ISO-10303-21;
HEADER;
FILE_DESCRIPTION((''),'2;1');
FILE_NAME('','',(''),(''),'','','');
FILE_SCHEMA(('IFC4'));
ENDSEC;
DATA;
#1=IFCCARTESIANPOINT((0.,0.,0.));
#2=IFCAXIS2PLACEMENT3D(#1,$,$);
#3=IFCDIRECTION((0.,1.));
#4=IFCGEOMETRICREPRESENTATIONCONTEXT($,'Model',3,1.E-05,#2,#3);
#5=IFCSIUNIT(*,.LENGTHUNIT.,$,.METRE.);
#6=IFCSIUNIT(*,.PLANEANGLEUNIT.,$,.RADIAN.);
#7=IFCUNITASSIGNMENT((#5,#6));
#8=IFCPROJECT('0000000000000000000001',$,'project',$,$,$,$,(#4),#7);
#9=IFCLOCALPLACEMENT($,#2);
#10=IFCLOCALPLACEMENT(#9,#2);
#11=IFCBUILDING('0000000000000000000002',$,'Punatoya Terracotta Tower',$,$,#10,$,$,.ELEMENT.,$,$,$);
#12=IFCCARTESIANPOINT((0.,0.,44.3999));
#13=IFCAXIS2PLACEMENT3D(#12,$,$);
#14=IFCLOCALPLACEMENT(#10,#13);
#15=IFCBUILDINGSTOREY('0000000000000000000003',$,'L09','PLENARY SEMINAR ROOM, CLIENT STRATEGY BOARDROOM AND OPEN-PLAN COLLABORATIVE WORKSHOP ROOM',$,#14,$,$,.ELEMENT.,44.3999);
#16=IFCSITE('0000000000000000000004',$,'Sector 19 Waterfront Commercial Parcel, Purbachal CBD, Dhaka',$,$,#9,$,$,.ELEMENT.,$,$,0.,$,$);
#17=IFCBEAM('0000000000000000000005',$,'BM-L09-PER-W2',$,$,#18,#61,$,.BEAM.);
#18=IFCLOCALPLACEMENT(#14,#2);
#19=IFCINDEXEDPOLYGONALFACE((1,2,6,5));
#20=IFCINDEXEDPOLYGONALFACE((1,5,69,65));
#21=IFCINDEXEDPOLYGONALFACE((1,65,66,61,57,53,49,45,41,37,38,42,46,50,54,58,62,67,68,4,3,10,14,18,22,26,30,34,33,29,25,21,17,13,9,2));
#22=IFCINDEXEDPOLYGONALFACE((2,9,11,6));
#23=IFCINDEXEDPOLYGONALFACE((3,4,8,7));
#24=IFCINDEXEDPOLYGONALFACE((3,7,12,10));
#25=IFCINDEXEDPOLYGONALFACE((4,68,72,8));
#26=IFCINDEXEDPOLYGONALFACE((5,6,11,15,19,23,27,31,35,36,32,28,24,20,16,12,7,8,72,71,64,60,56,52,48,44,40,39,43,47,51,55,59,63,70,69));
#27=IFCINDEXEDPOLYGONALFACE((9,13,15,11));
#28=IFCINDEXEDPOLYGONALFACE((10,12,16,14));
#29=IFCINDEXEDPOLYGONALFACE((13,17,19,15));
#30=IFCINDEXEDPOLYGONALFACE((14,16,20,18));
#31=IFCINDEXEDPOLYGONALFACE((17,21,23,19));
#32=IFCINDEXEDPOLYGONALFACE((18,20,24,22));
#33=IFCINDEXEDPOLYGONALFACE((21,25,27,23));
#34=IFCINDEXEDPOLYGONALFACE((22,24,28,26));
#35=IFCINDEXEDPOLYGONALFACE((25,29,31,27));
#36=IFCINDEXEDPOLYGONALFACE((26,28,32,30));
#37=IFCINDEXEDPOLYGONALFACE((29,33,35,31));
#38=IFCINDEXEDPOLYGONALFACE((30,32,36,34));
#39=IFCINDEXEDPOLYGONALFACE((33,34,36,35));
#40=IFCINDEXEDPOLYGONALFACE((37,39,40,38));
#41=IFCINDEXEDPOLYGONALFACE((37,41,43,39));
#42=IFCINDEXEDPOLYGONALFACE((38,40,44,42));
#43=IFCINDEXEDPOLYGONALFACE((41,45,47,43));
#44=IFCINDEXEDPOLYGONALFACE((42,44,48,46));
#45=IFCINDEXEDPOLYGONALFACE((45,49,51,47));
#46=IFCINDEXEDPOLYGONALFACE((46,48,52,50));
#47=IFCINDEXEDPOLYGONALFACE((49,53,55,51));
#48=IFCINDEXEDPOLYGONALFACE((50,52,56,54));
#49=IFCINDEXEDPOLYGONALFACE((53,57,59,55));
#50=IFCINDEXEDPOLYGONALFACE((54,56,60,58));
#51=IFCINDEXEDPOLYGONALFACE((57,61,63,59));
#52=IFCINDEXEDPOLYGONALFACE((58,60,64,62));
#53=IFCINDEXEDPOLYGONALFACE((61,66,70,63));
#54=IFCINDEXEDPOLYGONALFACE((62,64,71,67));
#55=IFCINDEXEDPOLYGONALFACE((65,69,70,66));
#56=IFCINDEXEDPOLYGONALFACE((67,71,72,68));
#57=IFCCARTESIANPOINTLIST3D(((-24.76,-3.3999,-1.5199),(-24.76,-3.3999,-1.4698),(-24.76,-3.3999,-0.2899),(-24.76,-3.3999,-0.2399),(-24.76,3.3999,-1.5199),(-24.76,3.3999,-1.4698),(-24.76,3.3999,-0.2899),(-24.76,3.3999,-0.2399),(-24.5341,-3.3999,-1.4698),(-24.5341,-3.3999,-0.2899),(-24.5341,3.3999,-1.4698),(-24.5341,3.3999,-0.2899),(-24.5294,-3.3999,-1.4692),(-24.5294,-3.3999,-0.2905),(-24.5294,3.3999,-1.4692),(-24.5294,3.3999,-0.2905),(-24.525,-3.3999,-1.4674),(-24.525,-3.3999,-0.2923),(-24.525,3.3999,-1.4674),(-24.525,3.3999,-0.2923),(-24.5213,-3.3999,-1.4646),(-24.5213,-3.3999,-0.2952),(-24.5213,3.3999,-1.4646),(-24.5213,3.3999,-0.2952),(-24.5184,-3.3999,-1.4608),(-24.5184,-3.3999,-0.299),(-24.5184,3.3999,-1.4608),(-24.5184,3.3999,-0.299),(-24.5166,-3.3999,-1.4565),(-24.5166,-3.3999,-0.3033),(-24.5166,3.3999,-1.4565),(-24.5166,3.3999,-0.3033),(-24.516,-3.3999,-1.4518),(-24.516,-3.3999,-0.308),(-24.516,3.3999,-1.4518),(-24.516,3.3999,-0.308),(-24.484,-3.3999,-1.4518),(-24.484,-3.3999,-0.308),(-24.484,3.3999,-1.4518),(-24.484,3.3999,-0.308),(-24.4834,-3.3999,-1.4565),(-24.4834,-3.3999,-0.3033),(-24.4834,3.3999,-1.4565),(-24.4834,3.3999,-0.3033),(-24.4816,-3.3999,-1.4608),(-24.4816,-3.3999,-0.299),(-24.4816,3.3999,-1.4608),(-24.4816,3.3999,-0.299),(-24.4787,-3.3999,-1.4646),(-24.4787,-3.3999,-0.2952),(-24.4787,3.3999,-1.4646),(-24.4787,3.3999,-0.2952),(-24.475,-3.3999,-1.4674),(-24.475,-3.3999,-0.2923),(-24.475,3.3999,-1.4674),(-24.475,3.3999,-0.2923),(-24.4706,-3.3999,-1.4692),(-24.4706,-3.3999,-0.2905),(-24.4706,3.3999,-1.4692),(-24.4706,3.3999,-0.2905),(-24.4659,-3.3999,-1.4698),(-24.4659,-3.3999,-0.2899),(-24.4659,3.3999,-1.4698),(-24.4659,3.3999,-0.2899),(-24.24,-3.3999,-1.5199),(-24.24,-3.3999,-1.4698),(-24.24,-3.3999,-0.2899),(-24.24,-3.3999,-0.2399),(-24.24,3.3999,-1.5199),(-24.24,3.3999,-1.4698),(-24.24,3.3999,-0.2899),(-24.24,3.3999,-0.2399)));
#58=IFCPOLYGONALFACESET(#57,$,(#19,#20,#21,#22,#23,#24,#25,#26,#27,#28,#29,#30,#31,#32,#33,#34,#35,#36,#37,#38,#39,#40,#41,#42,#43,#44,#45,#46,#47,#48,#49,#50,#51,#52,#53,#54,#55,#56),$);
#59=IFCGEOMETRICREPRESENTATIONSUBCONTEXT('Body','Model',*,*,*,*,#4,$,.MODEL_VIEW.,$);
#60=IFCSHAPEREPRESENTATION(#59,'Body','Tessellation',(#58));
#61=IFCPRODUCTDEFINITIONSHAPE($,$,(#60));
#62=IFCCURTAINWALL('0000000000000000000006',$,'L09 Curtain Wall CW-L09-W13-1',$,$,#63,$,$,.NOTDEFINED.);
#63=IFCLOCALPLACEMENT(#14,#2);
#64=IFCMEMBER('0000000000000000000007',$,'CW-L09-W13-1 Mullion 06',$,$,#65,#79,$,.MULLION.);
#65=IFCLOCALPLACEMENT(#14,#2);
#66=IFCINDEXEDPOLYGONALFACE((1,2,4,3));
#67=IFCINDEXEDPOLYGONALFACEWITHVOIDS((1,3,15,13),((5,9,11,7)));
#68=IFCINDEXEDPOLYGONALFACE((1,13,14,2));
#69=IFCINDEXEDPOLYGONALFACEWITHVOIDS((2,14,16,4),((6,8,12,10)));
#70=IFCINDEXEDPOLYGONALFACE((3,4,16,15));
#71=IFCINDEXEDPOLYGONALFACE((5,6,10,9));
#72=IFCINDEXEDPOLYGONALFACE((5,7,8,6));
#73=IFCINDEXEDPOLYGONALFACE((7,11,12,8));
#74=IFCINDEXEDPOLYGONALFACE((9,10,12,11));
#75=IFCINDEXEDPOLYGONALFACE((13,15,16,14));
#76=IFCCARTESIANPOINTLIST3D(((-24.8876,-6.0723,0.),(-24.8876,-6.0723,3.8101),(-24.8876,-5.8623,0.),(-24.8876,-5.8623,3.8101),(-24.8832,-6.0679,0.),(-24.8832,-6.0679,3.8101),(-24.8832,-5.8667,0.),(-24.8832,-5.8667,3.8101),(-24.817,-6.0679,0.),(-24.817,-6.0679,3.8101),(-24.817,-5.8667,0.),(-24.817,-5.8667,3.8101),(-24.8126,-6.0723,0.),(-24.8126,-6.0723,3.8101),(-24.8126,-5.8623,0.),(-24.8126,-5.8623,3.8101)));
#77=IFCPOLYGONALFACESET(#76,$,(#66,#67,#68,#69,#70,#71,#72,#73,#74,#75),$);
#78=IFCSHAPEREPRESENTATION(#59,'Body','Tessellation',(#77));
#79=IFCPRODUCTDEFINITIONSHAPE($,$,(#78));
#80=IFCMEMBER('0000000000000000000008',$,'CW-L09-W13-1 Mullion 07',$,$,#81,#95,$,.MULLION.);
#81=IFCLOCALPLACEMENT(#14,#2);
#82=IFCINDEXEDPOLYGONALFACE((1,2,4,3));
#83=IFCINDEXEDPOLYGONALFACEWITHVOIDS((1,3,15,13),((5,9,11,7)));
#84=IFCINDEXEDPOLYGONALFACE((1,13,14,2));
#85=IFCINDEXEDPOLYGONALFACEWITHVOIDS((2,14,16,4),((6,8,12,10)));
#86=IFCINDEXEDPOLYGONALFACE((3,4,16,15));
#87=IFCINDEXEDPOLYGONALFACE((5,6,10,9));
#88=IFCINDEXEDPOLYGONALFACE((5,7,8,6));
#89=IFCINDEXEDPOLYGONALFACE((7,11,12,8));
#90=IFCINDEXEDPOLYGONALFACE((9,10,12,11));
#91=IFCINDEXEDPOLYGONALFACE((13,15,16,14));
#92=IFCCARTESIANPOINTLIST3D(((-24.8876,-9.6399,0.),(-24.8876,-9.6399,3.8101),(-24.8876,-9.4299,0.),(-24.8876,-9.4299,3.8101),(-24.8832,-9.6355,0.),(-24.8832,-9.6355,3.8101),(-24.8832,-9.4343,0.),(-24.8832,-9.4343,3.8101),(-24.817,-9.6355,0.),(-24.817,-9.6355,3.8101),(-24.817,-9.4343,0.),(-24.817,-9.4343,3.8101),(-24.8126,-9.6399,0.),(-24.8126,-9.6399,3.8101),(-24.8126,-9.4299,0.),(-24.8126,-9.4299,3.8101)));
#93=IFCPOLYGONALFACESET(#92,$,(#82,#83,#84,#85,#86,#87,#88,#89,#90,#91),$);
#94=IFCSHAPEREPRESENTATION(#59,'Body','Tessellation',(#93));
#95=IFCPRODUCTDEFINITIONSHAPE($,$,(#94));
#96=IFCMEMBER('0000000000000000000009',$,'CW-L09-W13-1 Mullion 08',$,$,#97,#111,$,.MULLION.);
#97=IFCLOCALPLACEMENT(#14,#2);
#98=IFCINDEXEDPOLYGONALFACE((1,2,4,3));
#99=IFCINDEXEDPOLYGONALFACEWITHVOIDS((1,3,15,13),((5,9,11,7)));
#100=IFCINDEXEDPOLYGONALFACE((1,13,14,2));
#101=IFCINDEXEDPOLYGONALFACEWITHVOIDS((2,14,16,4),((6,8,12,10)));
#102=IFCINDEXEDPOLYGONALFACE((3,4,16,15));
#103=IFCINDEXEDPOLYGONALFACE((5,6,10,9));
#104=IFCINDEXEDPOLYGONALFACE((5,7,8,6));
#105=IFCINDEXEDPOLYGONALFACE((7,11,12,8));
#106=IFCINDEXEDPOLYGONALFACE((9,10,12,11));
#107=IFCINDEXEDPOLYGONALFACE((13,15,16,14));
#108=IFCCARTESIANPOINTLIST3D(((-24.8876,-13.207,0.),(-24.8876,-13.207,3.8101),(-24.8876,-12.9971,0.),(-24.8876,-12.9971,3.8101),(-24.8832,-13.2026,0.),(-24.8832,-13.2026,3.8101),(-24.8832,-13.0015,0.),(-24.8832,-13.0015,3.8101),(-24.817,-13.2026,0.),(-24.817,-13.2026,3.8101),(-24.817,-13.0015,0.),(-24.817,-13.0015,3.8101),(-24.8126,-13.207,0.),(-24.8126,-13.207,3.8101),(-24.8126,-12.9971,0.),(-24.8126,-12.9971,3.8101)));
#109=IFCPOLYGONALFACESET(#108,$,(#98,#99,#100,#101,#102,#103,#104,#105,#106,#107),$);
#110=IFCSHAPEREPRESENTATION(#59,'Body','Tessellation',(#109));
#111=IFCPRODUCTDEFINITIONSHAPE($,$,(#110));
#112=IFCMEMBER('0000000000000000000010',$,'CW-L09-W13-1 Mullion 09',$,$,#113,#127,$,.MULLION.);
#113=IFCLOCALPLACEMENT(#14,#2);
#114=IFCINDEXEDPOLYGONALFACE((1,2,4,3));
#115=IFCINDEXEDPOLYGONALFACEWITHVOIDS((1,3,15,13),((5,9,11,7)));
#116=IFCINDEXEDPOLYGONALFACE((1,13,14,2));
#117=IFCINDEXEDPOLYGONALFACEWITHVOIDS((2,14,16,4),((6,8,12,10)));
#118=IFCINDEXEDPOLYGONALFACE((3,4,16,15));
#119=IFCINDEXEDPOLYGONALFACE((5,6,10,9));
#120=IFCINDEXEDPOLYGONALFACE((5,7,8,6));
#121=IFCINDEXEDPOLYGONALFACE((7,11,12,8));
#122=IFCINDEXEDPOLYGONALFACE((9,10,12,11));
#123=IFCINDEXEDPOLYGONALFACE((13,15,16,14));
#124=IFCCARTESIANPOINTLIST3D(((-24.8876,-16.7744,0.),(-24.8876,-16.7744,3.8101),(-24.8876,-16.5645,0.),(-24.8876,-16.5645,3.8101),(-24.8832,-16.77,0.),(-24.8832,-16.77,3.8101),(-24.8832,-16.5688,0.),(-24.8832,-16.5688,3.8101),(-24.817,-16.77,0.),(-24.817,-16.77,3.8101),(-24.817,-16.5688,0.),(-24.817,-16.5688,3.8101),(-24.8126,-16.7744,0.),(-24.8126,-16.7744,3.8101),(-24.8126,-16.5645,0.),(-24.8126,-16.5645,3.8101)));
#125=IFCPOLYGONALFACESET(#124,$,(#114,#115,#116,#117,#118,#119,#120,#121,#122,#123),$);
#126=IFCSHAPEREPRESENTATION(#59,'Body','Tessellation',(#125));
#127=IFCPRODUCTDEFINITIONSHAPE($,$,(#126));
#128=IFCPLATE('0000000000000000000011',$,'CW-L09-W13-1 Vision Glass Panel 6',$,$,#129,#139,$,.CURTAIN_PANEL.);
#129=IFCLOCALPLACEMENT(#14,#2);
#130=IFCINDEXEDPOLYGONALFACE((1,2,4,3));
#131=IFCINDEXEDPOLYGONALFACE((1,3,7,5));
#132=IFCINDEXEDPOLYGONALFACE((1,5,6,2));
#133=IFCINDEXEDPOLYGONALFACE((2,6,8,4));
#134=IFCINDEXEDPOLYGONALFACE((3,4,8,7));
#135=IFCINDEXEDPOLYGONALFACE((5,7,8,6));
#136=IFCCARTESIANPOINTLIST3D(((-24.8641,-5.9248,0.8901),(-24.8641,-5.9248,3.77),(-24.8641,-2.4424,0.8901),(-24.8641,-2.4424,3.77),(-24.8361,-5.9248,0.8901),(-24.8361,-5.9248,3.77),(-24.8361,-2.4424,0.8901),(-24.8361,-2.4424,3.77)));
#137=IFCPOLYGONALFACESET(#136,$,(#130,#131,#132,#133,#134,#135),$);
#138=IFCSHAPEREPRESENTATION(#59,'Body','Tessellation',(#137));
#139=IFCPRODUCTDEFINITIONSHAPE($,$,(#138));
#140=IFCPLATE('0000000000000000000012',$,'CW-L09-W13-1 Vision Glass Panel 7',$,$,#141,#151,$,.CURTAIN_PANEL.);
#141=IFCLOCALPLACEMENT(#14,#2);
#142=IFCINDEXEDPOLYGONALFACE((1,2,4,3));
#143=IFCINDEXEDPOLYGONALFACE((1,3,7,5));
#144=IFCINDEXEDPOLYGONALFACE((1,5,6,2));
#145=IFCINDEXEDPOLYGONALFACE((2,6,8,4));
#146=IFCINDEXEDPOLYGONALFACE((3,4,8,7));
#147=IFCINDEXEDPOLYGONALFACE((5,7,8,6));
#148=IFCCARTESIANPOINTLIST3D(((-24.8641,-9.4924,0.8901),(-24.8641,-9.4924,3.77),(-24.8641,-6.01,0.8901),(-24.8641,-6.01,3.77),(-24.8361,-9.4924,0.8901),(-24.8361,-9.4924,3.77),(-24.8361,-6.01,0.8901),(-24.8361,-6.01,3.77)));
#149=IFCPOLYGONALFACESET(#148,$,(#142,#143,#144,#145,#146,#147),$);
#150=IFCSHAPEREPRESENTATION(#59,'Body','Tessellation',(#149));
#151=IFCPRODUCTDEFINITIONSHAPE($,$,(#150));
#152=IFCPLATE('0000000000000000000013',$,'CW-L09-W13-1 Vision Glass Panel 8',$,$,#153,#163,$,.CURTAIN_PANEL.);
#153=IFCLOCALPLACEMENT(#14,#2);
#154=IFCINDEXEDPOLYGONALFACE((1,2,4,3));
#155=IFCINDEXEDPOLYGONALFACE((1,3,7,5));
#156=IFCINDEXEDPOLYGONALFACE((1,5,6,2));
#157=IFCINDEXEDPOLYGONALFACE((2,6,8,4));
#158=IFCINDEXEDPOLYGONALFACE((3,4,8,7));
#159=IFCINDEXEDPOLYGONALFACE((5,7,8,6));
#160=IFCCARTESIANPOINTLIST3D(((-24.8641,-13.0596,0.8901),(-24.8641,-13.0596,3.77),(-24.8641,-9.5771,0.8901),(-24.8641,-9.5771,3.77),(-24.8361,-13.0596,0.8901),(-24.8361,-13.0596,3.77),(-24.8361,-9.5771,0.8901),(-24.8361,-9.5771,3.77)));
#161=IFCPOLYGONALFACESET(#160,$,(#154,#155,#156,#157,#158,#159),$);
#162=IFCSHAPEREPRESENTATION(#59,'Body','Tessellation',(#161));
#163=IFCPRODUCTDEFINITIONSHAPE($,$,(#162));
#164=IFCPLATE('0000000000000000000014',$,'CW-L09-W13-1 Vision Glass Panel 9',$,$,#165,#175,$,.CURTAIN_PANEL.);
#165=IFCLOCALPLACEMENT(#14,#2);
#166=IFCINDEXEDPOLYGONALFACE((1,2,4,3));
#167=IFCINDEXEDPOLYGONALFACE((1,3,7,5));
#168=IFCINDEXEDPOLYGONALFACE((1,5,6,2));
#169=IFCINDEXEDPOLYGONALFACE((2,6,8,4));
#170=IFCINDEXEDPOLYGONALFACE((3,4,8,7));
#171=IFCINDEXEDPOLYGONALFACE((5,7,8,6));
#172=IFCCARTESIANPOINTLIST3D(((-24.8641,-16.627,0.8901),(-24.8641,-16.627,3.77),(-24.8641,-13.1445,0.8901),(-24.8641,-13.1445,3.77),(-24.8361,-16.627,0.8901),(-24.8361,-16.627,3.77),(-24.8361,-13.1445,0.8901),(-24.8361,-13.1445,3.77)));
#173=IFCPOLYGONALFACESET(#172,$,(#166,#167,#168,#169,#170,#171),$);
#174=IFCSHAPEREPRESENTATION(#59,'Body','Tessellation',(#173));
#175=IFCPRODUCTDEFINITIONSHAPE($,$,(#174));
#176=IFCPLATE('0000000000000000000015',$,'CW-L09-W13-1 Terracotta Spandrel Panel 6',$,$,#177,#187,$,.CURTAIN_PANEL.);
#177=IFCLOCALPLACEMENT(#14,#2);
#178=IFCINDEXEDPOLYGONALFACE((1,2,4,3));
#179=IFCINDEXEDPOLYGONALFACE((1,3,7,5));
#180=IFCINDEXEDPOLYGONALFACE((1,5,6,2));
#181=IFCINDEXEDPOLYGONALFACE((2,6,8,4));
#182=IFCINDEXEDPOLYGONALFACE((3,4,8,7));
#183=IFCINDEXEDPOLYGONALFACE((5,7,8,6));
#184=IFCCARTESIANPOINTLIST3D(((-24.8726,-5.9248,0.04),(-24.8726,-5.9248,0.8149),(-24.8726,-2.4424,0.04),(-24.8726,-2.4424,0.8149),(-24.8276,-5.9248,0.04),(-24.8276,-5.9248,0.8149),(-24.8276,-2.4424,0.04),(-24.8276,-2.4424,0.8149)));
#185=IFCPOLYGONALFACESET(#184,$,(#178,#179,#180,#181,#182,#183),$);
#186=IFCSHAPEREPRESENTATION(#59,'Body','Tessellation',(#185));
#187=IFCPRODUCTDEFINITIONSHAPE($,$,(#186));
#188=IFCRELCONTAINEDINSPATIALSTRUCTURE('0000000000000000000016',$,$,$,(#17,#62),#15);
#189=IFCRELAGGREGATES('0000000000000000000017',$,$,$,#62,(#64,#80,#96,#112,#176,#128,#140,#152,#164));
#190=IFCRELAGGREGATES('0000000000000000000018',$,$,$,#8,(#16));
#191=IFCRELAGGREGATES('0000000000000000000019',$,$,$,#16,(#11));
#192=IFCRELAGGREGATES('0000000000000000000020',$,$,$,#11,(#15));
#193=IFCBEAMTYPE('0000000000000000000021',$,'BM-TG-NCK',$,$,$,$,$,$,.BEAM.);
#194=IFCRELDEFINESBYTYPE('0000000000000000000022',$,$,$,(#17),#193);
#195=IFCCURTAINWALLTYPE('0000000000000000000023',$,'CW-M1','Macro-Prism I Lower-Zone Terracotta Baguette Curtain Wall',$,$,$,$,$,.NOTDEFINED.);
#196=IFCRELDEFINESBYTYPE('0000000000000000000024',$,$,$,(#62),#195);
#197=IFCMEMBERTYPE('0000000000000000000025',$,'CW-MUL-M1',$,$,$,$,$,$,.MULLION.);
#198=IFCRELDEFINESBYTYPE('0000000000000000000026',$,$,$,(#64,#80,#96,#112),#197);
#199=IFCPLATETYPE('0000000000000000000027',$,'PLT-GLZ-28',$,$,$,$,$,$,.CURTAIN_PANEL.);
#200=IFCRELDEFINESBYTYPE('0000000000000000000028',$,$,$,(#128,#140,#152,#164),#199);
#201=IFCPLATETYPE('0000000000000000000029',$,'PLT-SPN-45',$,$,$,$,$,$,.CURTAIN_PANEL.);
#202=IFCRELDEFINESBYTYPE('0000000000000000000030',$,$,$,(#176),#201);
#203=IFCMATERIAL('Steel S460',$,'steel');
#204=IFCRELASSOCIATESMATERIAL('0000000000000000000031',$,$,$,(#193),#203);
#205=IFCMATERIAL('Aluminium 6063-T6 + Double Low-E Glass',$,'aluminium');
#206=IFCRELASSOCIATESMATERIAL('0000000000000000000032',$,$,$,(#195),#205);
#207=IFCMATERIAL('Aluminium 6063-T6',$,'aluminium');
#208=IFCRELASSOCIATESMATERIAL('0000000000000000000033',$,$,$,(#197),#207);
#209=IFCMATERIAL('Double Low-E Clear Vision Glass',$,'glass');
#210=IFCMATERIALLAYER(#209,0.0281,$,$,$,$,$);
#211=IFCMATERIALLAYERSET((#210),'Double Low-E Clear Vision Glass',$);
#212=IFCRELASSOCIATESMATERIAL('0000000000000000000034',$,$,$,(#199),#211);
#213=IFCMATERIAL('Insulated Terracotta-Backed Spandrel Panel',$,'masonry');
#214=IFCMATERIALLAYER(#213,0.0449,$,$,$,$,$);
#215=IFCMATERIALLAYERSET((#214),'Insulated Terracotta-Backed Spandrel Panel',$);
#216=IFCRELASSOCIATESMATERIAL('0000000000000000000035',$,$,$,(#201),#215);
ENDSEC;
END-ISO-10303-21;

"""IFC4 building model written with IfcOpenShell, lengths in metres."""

from ifc_helpers import new_model, si_unit, direction, frame, origin, origin_2d, place, context, subcontext, project, spatial, rectangle, hollow_rectangle, i_section, extrude, material, layer, layer_set, material_profile, profile_set, type_object, element, aggregate, save


model = new_model("IFC4")

# Units and contexts
model_context = context("Model", 3, precision=1e-05, world=origin(), true_north=direction((0.0, 1.0)))
body_context = subcontext(model_context, "Body", "Model", "MODEL_VIEW")
ifc_project = project(units=[si_unit("LENGTHUNIT", "METRE"), si_unit("PLANEANGLEUNIT", "RADIAN")], contexts=[model_context])

# Site, building, storey
site_placement = place(None, origin())
site = spatial("IfcSite", under=ifc_project, at=site_placement, Name="Sector 19 Waterfront Commercial Parcel, Purbachal CBD, Dhaka", CompositionType="ELEMENT", RefElevation=0.0)
building_placement = place(site_placement, origin())
building = spatial("IfcBuilding", under=site, at=building_placement, Name="Punatoya Terracotta Tower", CompositionType="ELEMENT")
storey_placement = place(building_placement, frame((0.0, 0.0, 44.3999)))
storey = spatial("IfcBuildingStorey", under=building, at=storey_placement, Name="L09", Description="PLENARY SEMINAR ROOM, CLIENT STRATEGY BOARDROOM AND OPEN-PLAN COLLABORATIVE WORKSHOP ROOM", CompositionType="ELEMENT", Elevation=44.3999)

# Shared definitions
ifc_material_1 = material(Name="Steel S460", Category="steel")

# Beam
ifc_material_profile_1 = material_profile(ifc_material_1, i_section(OverallWidth=0.52, OverallDepth=1.28, WebThickness=0.032, FlangeThickness=0.05, FilletRadius=0.0181, at=origin_2d()))
ifc_profile_set_1 = profile_set([ifc_material_profile_1], Name="Steel S460")
beam_type_1 = type_object("IfcBeamType", Name="BM-TG-NCK", PredefinedType="BEAM", material=ifc_profile_set_1)
beam_1_placement = place(storey_placement, frame((-24.5, -3.3999, -0.8799), z_axis=(0.0, 1.0, 0.0), x_axis=(-1.0, 0.0, 0.0)))
element("IfcBeam", 1, at=beam_1_placement, inside=storey, type_object=beam_type_1, Name="BM-L09-PER-W2", PredefinedType="BEAM", context=body_context, shape_type="SweptSolid", body=[
    extrude(i_section(OverallWidth=0.52, OverallDepth=1.28, WebThickness=0.032, FlangeThickness=0.05, FilletRadius=0.0181, at=origin_2d()), origin(), (0.0, 0.0, 1.0), 6.7998),
])

# Curtain wall, members, plates
ifc_material_2 = material(Name="Aluminium 6063-T6 + Double Low-E Glass", Category="aluminium")
curtain_wall_type = type_object("IfcCurtainWallType", Name="CW-M1", Description="Macro-Prism I Lower-Zone Terracotta Baguette Curtain Wall", PredefinedType="NOTDEFINED", material=ifc_material_2)
curtain_wall_placement = place(storey_placement, origin())
curtain_wall = element("IfcCurtainWall", 2, at=curtain_wall_placement, inside=storey, type_object=curtain_wall_type, Name="L09 Curtain Wall CW-L09-W13-1", PredefinedType="NOTDEFINED")
ifc_material_3 = material(Name="Aluminium 6063-T6", Category="aluminium")
ifc_material_profile_2 = material_profile(ifc_material_3, hollow_rectangle(XDim=0.075, YDim=0.21, WallThickness=0.0044, at=origin_2d()))
ifc_profile_set_2 = profile_set([ifc_material_profile_2], Name="Aluminium 6063-T6")
member_type = type_object("IfcMemberType", Name="CW-MUL-M1", PredefinedType="MULLION", material=ifc_profile_set_2)
member_1_placement = place(storey_placement, frame((-24.8501, -5.9673, 0.0), z_axis=(0.0, 0.0, 1.0), x_axis=(1.0, 0.0, 0.0)))
member_1 = element("IfcMember", 3, at=member_1_placement, type_object=member_type, Name="CW-L09-W13-1 Mullion 06", PredefinedType="MULLION", context=body_context, shape_type="SweptSolid", body=[
    extrude(hollow_rectangle(XDim=0.075, YDim=0.21, WallThickness=0.0044, at=origin_2d()), origin(), (0.0, 0.0, 1.0), 3.8101),
])
member_2_placement = place(storey_placement, frame((-24.8501, -9.5349, 0.0), z_axis=(0.0, 0.0, 1.0), x_axis=(1.0, 0.0, 0.0)))
member_2 = element("IfcMember", 4, at=member_2_placement, type_object=member_type, Name="CW-L09-W13-1 Mullion 07", PredefinedType="MULLION", context=body_context, shape_type="SweptSolid", body=[
    extrude(hollow_rectangle(XDim=0.075, YDim=0.21, WallThickness=0.0044, at=origin_2d()), origin(), (0.0, 0.0, 1.0), 3.8101),
])
member_3_placement = place(storey_placement, frame((-24.8501, -13.1021, 0.0), z_axis=(0.0, 0.0, 1.0), x_axis=(1.0, 0.0, 0.0)))
member_3 = element("IfcMember", 5, at=member_3_placement, type_object=member_type, Name="CW-L09-W13-1 Mullion 08", PredefinedType="MULLION", context=body_context, shape_type="SweptSolid", body=[
    extrude(hollow_rectangle(XDim=0.075, YDim=0.21, WallThickness=0.0044, at=origin_2d()), origin(), (0.0, 0.0, 1.0), 3.8101),
])
member_4_placement = place(storey_placement, frame((-24.8501, -16.6694, 0.0), z_axis=(0.0, 0.0, 1.0), x_axis=(1.0, 0.0, 0.0)))
member_4 = element("IfcMember", 6, at=member_4_placement, type_object=member_type, Name="CW-L09-W13-1 Mullion 09", PredefinedType="MULLION", context=body_context, shape_type="SweptSolid", body=[
    extrude(hollow_rectangle(XDim=0.075, YDim=0.21, WallThickness=0.0044, at=origin_2d()), origin(), (0.0, 0.0, 1.0), 3.8101),
])
ifc_material_4 = material(Name="Double Low-E Clear Vision Glass", Category="glass")
ifc_layer_1 = layer(ifc_material_4, 0.0281)
ifc_layer_set_1 = layer_set([ifc_layer_1], Name="Double Low-E Clear Vision Glass")
plate_type_1 = type_object("IfcPlateType", Name="PLT-GLZ-28", PredefinedType="CURTAIN_PANEL", material=ifc_layer_set_1)
plate_1_placement = place(storey_placement, frame((-24.8501, -4.1836, 0.8901), z_axis=(0.0, 0.0, 1.0), x_axis=(0.0, -1.0, 0.0)))
plate_1 = element("IfcPlate", 7, at=plate_1_placement, type_object=plate_type_1, Name="CW-L09-W13-1 Vision Glass Panel 6", PredefinedType="CURTAIN_PANEL", context=body_context, shape_type="SweptSolid", body=[
    extrude(rectangle(XDim=3.4824, YDim=0.0281, at=origin_2d()), origin(), (0.0, 0.0, 1.0), 2.8799),
])
plate_2_placement = place(storey_placement, frame((-24.8501, -7.7512, 0.8901), z_axis=(0.0, 0.0, 1.0), x_axis=(0.0, -1.0, 0.0)))
plate_2 = element("IfcPlate", 8, at=plate_2_placement, type_object=plate_type_1, Name="CW-L09-W13-1 Vision Glass Panel 7", PredefinedType="CURTAIN_PANEL", context=body_context, shape_type="SweptSolid", body=[
    extrude(rectangle(XDim=3.4824, YDim=0.0281, at=origin_2d()), origin(), (0.0, 0.0, 1.0), 2.8799),
])
plate_3_placement = place(storey_placement, frame((-24.8501, -11.3184, 0.8901), z_axis=(0.0, 0.0, 1.0), x_axis=(0.0, -1.0, 0.0)))
plate_3 = element("IfcPlate", 9, at=plate_3_placement, type_object=plate_type_1, Name="CW-L09-W13-1 Vision Glass Panel 8", PredefinedType="CURTAIN_PANEL", context=body_context, shape_type="SweptSolid", body=[
    extrude(rectangle(XDim=3.4824, YDim=0.0281, at=origin_2d()), origin(), (0.0, 0.0, 1.0), 2.8799),
])
plate_4_placement = place(storey_placement, frame((-24.8501, -14.8857, 0.8901), z_axis=(0.0, 0.0, 1.0), x_axis=(0.0, -1.0, 0.0)))
plate_4 = element("IfcPlate", 10, at=plate_4_placement, type_object=plate_type_1, Name="CW-L09-W13-1 Vision Glass Panel 9", PredefinedType="CURTAIN_PANEL", context=body_context, shape_type="SweptSolid", body=[
    extrude(rectangle(XDim=3.4824, YDim=0.0281, at=origin_2d()), origin(), (0.0, 0.0, 1.0), 2.8799),
])
ifc_material_5 = material(Name="Insulated Terracotta-Backed Spandrel Panel", Category="masonry")
ifc_layer_2 = layer(ifc_material_5, 0.0449)
ifc_layer_set_2 = layer_set([ifc_layer_2], Name="Insulated Terracotta-Backed Spandrel Panel")
plate_type_2 = type_object("IfcPlateType", Name="PLT-SPN-45", PredefinedType="CURTAIN_PANEL", material=ifc_layer_set_2)
plate_5_placement = place(storey_placement, frame((-24.8501, -4.1836, 0.04), z_axis=(0.0, 0.0, 1.0), x_axis=(0.0, -1.0, 0.0)))
plate_5 = element("IfcPlate", 11, at=plate_5_placement, type_object=plate_type_2, Name="CW-L09-W13-1 Terracotta Spandrel Panel 6", PredefinedType="CURTAIN_PANEL", context=body_context, shape_type="SweptSolid", body=[
    extrude(rectangle(XDim=3.4824, YDim=0.0449, at=origin_2d()), origin(), (0.0, 0.0, 1.0), 0.7749),
])
aggregate(curtain_wall, [member_1, member_2, member_3, member_4, plate_5, plate_1, plate_2, plate_3, plate_4])

save(model, "model.ifc")
